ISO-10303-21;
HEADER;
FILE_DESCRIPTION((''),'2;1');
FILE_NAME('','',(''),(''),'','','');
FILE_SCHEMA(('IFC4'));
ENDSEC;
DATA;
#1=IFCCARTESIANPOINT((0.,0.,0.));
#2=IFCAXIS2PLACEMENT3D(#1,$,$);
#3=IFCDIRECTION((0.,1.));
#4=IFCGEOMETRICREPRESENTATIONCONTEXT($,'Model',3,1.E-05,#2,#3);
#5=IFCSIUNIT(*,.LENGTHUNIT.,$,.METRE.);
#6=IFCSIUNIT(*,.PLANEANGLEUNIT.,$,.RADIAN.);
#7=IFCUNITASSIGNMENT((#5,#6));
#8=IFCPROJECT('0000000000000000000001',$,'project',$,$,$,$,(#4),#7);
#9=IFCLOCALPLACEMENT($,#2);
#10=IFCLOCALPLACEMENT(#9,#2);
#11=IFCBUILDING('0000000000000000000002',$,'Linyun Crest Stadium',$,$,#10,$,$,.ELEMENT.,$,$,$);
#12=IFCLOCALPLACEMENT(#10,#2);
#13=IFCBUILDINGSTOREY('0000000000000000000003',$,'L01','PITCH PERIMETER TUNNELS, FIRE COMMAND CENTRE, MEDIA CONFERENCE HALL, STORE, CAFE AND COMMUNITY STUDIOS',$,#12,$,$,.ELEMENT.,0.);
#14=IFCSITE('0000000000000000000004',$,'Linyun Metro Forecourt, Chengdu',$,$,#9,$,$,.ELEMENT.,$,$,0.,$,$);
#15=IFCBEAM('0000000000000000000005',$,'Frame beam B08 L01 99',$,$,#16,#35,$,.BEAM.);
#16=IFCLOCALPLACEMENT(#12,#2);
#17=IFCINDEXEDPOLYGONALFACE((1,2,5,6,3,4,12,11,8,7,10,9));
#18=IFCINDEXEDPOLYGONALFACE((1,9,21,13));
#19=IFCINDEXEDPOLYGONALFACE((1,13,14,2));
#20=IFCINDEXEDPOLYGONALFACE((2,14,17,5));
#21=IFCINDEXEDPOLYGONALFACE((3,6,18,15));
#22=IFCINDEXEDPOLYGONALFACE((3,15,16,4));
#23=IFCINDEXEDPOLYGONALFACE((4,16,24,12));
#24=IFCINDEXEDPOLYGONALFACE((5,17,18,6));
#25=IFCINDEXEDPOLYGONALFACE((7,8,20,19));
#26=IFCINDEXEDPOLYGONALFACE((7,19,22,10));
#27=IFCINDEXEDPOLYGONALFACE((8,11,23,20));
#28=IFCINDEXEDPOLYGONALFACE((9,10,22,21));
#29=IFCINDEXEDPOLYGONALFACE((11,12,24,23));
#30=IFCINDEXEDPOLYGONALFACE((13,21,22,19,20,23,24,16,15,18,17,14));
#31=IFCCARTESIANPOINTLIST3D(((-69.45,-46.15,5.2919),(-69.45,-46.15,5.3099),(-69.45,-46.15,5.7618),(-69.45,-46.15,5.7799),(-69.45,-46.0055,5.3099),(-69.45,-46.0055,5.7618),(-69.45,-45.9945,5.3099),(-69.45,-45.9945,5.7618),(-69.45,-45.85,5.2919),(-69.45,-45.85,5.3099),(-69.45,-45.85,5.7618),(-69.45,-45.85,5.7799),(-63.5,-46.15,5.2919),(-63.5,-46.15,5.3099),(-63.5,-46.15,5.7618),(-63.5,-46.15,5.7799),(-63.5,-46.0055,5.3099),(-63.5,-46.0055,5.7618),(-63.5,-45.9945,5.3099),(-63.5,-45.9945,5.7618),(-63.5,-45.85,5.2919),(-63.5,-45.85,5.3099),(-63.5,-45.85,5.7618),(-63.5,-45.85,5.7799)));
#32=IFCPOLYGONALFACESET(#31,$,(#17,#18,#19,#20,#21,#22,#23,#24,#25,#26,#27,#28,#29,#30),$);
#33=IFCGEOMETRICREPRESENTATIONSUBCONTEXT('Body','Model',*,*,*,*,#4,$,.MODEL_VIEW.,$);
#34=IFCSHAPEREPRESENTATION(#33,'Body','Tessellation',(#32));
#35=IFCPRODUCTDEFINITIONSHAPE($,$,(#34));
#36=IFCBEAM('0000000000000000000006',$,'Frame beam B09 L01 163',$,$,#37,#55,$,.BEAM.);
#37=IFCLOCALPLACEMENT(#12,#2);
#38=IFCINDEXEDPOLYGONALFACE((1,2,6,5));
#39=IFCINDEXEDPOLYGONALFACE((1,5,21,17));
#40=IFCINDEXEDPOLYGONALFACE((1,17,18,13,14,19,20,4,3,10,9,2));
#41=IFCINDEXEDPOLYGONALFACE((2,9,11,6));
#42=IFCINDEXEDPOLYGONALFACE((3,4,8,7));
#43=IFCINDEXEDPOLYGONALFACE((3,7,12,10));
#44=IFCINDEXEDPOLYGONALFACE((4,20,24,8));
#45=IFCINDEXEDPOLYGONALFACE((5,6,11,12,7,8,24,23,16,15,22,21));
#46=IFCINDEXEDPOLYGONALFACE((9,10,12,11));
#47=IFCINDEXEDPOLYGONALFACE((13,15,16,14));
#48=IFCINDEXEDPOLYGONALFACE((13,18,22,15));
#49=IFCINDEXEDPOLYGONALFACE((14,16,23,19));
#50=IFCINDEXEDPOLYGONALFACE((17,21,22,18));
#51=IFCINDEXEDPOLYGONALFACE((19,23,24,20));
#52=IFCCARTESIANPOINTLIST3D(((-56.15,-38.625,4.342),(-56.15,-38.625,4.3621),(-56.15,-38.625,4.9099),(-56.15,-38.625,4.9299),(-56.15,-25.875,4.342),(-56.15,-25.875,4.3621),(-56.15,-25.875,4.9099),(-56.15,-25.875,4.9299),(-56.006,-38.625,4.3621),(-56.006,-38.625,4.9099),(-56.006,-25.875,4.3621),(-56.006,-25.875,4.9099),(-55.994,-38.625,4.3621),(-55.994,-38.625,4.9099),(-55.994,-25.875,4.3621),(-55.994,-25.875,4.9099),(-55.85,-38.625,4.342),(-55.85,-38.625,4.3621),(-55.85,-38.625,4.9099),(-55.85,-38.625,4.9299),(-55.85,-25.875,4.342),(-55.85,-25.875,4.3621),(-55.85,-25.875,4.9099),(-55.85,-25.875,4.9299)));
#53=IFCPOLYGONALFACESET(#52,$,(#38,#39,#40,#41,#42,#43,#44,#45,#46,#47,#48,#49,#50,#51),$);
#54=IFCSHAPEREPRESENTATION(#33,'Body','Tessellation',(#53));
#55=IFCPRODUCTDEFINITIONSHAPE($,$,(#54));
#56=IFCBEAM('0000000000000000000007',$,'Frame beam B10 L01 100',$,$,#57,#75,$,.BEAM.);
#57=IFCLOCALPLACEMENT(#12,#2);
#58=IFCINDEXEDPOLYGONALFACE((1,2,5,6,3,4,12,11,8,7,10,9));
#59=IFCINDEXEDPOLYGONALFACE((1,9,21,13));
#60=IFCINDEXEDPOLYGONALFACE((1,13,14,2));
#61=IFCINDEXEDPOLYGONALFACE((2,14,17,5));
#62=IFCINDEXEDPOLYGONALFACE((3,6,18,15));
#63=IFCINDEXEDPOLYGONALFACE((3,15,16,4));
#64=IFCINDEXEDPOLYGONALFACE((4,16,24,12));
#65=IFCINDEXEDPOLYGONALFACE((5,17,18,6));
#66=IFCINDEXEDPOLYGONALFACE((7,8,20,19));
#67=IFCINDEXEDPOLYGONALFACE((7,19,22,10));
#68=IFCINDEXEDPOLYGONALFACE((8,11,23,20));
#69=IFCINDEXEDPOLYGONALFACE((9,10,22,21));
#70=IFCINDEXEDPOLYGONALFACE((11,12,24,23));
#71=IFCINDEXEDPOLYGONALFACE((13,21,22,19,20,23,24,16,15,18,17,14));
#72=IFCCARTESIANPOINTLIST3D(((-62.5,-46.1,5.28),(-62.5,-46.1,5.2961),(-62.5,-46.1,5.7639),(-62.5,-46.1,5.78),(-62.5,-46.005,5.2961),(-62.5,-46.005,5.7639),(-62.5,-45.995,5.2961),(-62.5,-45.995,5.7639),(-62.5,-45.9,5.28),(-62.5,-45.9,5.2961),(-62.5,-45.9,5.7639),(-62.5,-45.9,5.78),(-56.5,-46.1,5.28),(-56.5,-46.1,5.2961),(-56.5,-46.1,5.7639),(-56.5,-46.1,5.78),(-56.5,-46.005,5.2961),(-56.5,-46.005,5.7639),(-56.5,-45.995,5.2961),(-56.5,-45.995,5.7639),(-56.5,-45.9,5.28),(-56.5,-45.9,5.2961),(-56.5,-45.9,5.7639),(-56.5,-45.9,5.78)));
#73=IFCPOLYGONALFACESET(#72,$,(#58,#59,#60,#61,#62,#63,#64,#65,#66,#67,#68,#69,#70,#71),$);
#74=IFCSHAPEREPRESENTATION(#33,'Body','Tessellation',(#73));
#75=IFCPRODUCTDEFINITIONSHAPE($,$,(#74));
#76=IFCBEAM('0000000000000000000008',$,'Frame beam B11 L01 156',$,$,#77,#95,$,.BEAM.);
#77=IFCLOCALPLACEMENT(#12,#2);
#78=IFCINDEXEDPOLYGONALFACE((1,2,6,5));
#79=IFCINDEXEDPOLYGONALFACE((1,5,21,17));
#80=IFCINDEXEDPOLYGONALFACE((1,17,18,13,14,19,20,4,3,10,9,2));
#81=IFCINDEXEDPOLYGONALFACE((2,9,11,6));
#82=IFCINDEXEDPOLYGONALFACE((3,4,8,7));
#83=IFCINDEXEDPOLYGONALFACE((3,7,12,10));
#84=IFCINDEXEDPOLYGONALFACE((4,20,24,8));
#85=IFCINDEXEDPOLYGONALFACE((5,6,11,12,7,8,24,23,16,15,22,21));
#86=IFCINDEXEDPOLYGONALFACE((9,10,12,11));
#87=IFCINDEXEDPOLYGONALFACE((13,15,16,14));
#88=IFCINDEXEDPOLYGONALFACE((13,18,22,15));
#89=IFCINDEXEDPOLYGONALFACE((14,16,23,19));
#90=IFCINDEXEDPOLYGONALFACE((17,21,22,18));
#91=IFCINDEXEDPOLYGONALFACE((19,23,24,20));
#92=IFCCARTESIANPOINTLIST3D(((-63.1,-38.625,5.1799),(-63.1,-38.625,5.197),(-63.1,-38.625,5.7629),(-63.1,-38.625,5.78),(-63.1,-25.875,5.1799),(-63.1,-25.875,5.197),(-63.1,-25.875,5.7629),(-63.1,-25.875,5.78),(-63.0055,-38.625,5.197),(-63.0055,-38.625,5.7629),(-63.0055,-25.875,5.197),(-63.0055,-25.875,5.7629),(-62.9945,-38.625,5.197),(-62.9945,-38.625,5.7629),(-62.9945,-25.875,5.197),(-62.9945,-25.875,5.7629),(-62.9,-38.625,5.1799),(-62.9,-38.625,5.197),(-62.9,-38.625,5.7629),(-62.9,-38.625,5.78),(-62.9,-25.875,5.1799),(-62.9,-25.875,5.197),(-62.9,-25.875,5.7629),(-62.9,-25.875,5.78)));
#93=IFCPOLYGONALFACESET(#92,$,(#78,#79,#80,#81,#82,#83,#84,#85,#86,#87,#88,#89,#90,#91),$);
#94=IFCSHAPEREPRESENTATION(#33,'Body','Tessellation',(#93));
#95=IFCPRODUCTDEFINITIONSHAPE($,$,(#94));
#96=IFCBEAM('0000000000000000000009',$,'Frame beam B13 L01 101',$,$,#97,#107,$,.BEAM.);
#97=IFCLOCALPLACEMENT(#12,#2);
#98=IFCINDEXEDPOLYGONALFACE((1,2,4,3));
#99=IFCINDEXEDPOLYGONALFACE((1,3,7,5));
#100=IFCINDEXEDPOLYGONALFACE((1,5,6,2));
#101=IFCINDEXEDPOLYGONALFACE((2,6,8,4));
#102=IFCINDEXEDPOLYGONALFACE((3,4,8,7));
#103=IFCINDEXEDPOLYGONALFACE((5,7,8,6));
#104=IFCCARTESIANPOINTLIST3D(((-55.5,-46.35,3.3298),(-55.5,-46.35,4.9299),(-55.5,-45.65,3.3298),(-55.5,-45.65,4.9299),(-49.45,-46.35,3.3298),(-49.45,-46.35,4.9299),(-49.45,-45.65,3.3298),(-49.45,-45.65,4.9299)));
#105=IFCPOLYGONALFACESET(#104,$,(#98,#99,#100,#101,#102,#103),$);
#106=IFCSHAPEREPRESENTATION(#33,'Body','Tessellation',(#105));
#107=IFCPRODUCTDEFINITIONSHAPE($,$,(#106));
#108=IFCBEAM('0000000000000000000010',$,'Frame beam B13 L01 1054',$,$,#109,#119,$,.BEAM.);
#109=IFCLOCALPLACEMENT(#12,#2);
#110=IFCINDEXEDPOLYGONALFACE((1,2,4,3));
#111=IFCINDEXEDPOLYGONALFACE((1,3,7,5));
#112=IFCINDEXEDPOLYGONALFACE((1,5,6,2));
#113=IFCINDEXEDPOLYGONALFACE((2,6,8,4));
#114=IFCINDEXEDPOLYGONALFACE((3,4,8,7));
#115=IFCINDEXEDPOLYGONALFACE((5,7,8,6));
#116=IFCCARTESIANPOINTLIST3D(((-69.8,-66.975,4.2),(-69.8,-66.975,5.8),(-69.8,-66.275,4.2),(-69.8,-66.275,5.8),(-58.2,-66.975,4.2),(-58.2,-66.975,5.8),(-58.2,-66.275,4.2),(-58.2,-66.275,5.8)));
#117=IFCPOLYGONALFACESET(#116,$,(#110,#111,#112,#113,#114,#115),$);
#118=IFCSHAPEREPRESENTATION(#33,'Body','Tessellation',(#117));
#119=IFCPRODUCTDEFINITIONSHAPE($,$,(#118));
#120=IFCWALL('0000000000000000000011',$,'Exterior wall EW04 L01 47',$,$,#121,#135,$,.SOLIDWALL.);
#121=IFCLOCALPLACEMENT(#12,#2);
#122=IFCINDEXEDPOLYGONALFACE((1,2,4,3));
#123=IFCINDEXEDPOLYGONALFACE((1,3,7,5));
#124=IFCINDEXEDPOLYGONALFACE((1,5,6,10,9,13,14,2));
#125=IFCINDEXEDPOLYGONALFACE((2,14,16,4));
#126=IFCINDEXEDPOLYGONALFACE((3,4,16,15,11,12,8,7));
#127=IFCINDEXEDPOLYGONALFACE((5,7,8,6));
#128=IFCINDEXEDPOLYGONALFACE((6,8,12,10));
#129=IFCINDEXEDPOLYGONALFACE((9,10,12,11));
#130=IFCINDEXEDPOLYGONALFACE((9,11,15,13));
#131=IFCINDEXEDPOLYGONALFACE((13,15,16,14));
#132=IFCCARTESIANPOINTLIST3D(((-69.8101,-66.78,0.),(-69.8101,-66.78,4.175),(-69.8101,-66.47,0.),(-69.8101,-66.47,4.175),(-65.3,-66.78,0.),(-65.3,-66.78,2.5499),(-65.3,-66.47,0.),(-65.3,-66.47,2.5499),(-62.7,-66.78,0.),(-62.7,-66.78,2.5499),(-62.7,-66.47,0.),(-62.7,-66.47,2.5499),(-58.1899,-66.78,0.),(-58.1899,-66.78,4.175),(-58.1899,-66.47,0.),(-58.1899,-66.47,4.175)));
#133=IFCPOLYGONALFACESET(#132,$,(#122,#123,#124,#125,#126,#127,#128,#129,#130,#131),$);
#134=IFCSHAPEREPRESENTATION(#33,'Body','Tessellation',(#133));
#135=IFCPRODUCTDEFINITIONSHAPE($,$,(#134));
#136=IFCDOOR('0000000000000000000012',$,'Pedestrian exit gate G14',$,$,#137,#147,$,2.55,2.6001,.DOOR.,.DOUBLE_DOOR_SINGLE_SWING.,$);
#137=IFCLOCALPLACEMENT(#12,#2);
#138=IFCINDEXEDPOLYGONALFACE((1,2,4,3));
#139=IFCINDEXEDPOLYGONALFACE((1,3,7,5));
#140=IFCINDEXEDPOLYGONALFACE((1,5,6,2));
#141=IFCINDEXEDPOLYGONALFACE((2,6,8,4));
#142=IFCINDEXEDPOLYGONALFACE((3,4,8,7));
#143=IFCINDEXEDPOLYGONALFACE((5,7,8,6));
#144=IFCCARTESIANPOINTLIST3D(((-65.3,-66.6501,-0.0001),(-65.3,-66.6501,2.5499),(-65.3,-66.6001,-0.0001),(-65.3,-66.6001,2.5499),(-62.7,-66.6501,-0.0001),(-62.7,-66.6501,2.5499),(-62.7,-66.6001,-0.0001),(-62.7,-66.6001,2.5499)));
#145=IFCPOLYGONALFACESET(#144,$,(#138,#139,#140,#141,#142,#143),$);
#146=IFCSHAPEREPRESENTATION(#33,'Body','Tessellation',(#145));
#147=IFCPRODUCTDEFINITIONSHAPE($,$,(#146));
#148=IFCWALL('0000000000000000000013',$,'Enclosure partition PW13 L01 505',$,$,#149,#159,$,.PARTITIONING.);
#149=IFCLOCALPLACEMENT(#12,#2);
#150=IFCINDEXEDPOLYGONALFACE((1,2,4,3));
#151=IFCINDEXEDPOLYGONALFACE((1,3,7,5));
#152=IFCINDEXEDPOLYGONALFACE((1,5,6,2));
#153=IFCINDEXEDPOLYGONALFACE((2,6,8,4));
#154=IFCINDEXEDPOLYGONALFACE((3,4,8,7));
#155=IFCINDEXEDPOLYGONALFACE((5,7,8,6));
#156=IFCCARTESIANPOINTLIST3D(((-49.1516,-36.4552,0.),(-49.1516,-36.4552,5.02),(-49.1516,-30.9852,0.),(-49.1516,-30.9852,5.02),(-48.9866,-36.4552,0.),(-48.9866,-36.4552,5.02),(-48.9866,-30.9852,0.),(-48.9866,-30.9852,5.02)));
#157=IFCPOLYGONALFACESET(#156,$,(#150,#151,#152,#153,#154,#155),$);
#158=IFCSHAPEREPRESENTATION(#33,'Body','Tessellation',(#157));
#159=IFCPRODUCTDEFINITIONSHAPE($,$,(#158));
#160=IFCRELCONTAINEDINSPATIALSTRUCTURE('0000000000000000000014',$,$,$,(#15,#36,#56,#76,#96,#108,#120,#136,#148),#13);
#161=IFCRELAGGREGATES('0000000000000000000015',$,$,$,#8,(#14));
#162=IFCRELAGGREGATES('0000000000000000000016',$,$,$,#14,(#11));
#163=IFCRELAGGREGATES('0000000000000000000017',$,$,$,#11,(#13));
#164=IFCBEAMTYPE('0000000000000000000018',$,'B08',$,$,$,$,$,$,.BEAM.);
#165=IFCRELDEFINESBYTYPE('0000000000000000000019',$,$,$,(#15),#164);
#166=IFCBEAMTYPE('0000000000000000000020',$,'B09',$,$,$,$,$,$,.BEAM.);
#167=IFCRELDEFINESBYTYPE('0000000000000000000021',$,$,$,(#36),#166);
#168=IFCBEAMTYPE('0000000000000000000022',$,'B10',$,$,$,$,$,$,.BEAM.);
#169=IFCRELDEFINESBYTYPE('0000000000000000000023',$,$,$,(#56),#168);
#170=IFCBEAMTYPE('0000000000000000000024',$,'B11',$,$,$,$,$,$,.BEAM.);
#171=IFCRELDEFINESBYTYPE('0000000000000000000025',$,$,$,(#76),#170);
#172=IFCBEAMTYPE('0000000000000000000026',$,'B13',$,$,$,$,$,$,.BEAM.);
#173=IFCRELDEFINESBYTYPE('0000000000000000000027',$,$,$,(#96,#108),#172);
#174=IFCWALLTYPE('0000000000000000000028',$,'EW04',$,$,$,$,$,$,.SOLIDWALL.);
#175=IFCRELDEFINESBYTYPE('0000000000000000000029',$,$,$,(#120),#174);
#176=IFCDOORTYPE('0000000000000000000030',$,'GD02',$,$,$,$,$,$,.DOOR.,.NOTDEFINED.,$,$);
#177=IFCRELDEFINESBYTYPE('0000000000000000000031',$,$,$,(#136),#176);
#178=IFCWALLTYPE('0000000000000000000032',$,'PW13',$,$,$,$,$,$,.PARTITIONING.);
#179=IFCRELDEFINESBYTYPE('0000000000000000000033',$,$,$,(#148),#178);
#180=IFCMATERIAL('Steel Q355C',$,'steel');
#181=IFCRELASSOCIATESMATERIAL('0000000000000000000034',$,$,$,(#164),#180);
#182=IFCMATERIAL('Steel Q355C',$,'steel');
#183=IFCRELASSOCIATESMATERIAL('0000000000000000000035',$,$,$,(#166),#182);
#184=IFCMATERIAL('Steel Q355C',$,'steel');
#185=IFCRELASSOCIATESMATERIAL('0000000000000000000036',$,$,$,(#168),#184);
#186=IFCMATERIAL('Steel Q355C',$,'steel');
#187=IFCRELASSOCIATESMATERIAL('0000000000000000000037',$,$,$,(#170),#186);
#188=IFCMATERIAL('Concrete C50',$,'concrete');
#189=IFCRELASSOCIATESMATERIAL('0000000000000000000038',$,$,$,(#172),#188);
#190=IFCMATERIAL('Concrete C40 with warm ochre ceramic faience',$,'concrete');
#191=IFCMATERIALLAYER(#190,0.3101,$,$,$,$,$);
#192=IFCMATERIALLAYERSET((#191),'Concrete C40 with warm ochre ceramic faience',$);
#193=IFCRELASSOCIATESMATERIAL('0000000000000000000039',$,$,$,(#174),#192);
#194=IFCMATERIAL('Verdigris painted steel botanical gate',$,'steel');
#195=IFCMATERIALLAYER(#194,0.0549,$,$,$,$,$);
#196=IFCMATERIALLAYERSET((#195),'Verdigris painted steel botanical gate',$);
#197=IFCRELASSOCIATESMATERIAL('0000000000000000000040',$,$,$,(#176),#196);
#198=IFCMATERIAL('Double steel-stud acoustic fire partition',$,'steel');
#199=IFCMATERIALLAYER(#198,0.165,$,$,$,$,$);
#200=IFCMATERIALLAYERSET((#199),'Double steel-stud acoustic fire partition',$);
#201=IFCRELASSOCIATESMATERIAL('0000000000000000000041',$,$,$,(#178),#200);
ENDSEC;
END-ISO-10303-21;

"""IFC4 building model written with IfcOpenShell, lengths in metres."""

from ifc_helpers import new_model, si_unit, direction, frame, frame_2d, origin, origin_2d, place, context, subcontext, project, spatial, rectangle, i_section, extrude, material, layer, layer_set, material_profile, profile_set, type_object, element, fill, save


model = new_model("IFC4")

# Units and contexts
model_context = context("Model", 3, precision=1e-05, world=origin(), true_north=direction((0.0, 1.0)))
body_context = subcontext(model_context, "Body", "Model", "MODEL_VIEW")
ifc_project = project(units=[si_unit("LENGTHUNIT", "METRE"), si_unit("PLANEANGLEUNIT", "RADIAN")], contexts=[model_context])

# Site, building, storey
site_placement = place(None, origin())
site = spatial("IfcSite", under=ifc_project, at=site_placement, Name="Linyun Metro Forecourt, Chengdu", CompositionType="ELEMENT", RefElevation=0.0)
building_placement = place(site_placement, origin())
building = spatial("IfcBuilding", under=site, at=building_placement, Name="Linyun Crest Stadium", CompositionType="ELEMENT")
storey_placement = place(building_placement, origin())
storey = spatial("IfcBuildingStorey", under=building, at=storey_placement, Name="L01", Description="PITCH PERIMETER TUNNELS, FIRE COMMAND CENTRE, MEDIA CONFERENCE HALL, STORE, CAFE AND COMMUNITY STUDIOS", CompositionType="ELEMENT", Elevation=0.0)

# Beams
ifc_material_1 = material(Name="Steel Q355C", Category="steel")
ifc_material_profile_1 = material_profile(ifc_material_1, i_section(OverallWidth=0.3, OverallDepth=0.488, WebThickness=0.011, FlangeThickness=0.0181, at=origin_2d()), Name="HM 488x300")
ifc_profile_set_1 = profile_set([ifc_material_profile_1], Name="Steel Q355C")
beam_type_1 = type_object("IfcBeamType", Name="B08", PredefinedType="BEAM", material=ifc_profile_set_1)
beam_1_placement = place(storey_placement, frame((-69.45, -46.0, 5.5359), z_axis=(1.0, 0.0, 0.0), x_axis=(0.0, 1.0, 0.0)))
element("IfcBeam", 1, at=beam_1_placement, inside=storey, type_object=beam_type_1, Name="Frame beam B08 L01 99", PredefinedType="BEAM", context=body_context, shape_type="SweptSolid", body=[
    extrude(i_section(OverallWidth=0.3, OverallDepth=0.488, WebThickness=0.011, FlangeThickness=0.0181, at=origin_2d()), origin(), (0.0, 0.0, 1.0), 5.95),
])
ifc_material_2 = material(Name="Steel Q355C", Category="steel")
ifc_material_profile_2 = material_profile(ifc_material_2, i_section(OverallWidth=0.3, OverallDepth=0.5879, WebThickness=0.012, FlangeThickness=0.02, at=origin_2d()), Name="HM 588x300")
ifc_profile_set_2 = profile_set([ifc_material_profile_2], Name="Steel Q355C")
beam_type_2 = type_object("IfcBeamType", Name="B09", PredefinedType="BEAM", material=ifc_profile_set_2)
beam_2_placement = place(storey_placement, frame((-56.0, -38.625, 4.636), z_axis=(0.0, 1.0, 0.0), x_axis=(-1.0, 0.0, 0.0)))
element("IfcBeam", 2, at=beam_2_placement, inside=storey, type_object=beam_type_2, Name="Frame beam B09 L01 163", PredefinedType="BEAM", context=body_context, shape_type="SweptSolid", body=[
    extrude(i_section(OverallWidth=0.3, OverallDepth=0.5879, WebThickness=0.012, FlangeThickness=0.02, at=origin_2d()), origin(), (0.0, 0.0, 1.0), 12.75),
])
ifc_material_3 = material(Name="Steel Q355C", Category="steel")
ifc_material_profile_3 = material_profile(ifc_material_3, i_section(OverallWidth=0.2, OverallDepth=0.5, WebThickness=0.01, FlangeThickness=0.0161, at=origin_2d()), Name="HN 500x200")
ifc_profile_set_3 = profile_set([ifc_material_profile_3], Name="Steel Q355C")
beam_type_3 = type_object("IfcBeamType", Name="B10", PredefinedType="BEAM", material=ifc_profile_set_3)
beam_3_placement = place(storey_placement, frame((-62.5, -46.0, 5.53), z_axis=(1.0, 0.0, 0.0), x_axis=(0.0, 1.0, 0.0)))
element("IfcBeam", 3, at=beam_3_placement, inside=storey, type_object=beam_type_3, Name="Frame beam B10 L01 100", PredefinedType="BEAM", context=body_context, shape_type="SweptSolid", body=[
    extrude(i_section(OverallWidth=0.2, OverallDepth=0.5, WebThickness=0.01, FlangeThickness=0.0161, at=origin_2d()), origin(), (0.0, 0.0, 1.0), 6.0),
])
ifc_material_4 = material(Name="Steel Q355C", Category="steel")
ifc_material_profile_4 = material_profile(ifc_material_4, i_section(OverallWidth=0.2, OverallDepth=0.6001, WebThickness=0.011, FlangeThickness=0.0171, at=origin_2d()), Name="HN 600x200")
ifc_profile_set_4 = profile_set([ifc_material_profile_4], Name="Steel Q355C")
beam_type_4 = type_object("IfcBeamType", Name="B11", PredefinedType="BEAM", material=ifc_profile_set_4)
beam_4_placement = place(storey_placement, frame((-63.0, -38.625, 5.48), z_axis=(0.0, 1.0, 0.0), x_axis=(-1.0, 0.0, 0.0)))
element("IfcBeam", 4, at=beam_4_placement, inside=storey, type_object=beam_type_4, Name="Frame beam B11 L01 156", PredefinedType="BEAM", context=body_context, shape_type="SweptSolid", body=[
    extrude(i_section(OverallWidth=0.2, OverallDepth=0.6001, WebThickness=0.011, FlangeThickness=0.0171, at=origin_2d()), origin(), (0.0, 0.0, 1.0), 12.75),
])
ifc_material_5 = material(Name="Concrete C50", Category="concrete")
ifc_material_profile_5 = material_profile(ifc_material_5, rectangle(XDim=0.7, YDim=1.6001, at=origin_2d()), Name="RCB 1600x700")
ifc_profile_set_5 = profile_set([ifc_material_profile_5], Name="Concrete C50")
beam_type_5 = type_object("IfcBeamType", Name="B13", PredefinedType="BEAM", material=ifc_profile_set_5)
beam_5_placement = place(storey_placement, frame((-55.5, -46.0, 4.1299), z_axis=(1.0, 0.0, 0.0), x_axis=(0.0, 1.0, 0.0)))
element("IfcBeam", 5, at=beam_5_placement, inside=storey, type_object=beam_type_5, Name="Frame beam B13 L01 101", PredefinedType="BEAM", context=body_context, shape_type="SweptSolid", body=[
    extrude(rectangle(XDim=0.7, YDim=1.6001, at=origin_2d()), origin(), (0.0, 0.0, 1.0), 6.05),
])
beam_6_placement = place(storey_placement, frame((-69.8, -66.625, 5.0), z_axis=(1.0, 0.0, 0.0), x_axis=(0.0, 1.0, 0.0)))
element("IfcBeam", 6, at=beam_6_placement, inside=storey, type_object=beam_type_5, Name="Frame beam B13 L01 1054", PredefinedType="BEAM", context=body_context, shape_type="SweptSolid", body=[
    extrude(rectangle(XDim=0.7, YDim=1.6001, at=origin_2d()), origin(), (0.0, 0.0, 1.0), 11.6001),
])

# Wall, opening, door
ifc_material_6 = material(Name="Concrete C40 with warm ochre ceramic faience", Category="concrete")
ifc_layer_1 = layer(ifc_material_6, 0.3101)
ifc_layer_set_1 = layer_set([ifc_layer_1], Name="Concrete C40 with warm ochre ceramic faience")
wall_type_1 = type_object("IfcWallType", Name="EW04", PredefinedType="SOLIDWALL", material=ifc_layer_set_1)
wall_1_placement = place(storey_placement, frame((-69.8101, -66.625, 0.0), z_axis=(0.0, 0.0, 1.0), x_axis=(1.0, 0.0, 0.0)))
wall_1 = element("IfcWall", 7, at=wall_1_placement, inside=storey, type_object=wall_type_1, Name="Exterior wall EW04 L01 47", PredefinedType="SOLIDWALL", context=body_context, shape_type="SweptSolid", body=[
    extrude(rectangle(XDim=11.6201, YDim=0.3101, at=frame_2d((5.8101, 0.0))), origin(), (0.0, 0.0, 1.0), 4.175),
])
opening_placement = place(wall_1_placement, frame((4.51, 0.0, 0.0)))
opening = element("IfcOpeningElement", 8, at=opening_placement, cuts=wall_1, PredefinedType="OPENING", context=body_context, shape_type="SweptSolid", body=[
    extrude(rectangle(XDim=2.6001, YDim=2.55, at=frame_2d((1.3, 1.2749))), frame((0.0, 0.165, 0.0), z_axis=(0.0, -1.0, 0.0), x_axis=(1.0, 0.0, 0.0)), (0.0, 0.0, 1.0), 0.3301),
])
ifc_material_7 = material(Name="Verdigris painted steel botanical gate", Category="steel")
ifc_layer_2 = layer(ifc_material_7, 0.0549)
ifc_layer_set_2 = layer_set([ifc_layer_2], Name="Verdigris painted steel botanical gate")
door_type = type_object("IfcDoorType", Name="GD02", OperationType="NOTDEFINED", PredefinedType="DOOR", material=ifc_layer_set_2)
door_placement = place(opening_placement, origin())
door = element("IfcDoor", 9, at=door_placement, inside=storey, type_object=door_type, Name="Pedestrian exit gate G14", OperationType="DOUBLE_DOOR_SINGLE_SWING", OverallHeight=2.55, OverallWidth=2.6001, PredefinedType="DOOR", context=body_context, shape_type="SweptSolid", body=[
    extrude(rectangle(XDim=2.6001, YDim=2.55, at=frame_2d((1.3, 1.2749))), frame((0.0, 0.0249, 0.0), z_axis=(0.0, -1.0, 0.0), x_axis=(1.0, 0.0, 0.0)), (0.0, 0.0, 1.0), 0.05),
])
fill(opening, door)

# Wall
ifc_material_8 = material(Name="Double steel-stud acoustic fire partition", Category="steel")
ifc_layer_3 = layer(ifc_material_8, 0.165)
ifc_layer_set_3 = layer_set([ifc_layer_3], Name="Double steel-stud acoustic fire partition")
wall_type_2 = type_object("IfcWallType", Name="PW13", PredefinedType="PARTITIONING", material=ifc_layer_set_3)
wall_2_placement = place(storey_placement, frame((-49.0691, -36.4551, 0.0), z_axis=(0.0, 0.0, 1.0), x_axis=(0.0, 1.0, 0.0)))
element("IfcWall", 10, at=wall_2_placement, inside=storey, type_object=wall_type_2, Name="Enclosure partition PW13 L01 505", PredefinedType="PARTITIONING", context=body_context, shape_type="SweptSolid", body=[
    extrude(rectangle(XDim=5.47, YDim=0.165, at=frame_2d((2.7349, 0.0))), origin(), (0.0, 0.0, 1.0), 5.02),
])

save(model, "model.ifc")
